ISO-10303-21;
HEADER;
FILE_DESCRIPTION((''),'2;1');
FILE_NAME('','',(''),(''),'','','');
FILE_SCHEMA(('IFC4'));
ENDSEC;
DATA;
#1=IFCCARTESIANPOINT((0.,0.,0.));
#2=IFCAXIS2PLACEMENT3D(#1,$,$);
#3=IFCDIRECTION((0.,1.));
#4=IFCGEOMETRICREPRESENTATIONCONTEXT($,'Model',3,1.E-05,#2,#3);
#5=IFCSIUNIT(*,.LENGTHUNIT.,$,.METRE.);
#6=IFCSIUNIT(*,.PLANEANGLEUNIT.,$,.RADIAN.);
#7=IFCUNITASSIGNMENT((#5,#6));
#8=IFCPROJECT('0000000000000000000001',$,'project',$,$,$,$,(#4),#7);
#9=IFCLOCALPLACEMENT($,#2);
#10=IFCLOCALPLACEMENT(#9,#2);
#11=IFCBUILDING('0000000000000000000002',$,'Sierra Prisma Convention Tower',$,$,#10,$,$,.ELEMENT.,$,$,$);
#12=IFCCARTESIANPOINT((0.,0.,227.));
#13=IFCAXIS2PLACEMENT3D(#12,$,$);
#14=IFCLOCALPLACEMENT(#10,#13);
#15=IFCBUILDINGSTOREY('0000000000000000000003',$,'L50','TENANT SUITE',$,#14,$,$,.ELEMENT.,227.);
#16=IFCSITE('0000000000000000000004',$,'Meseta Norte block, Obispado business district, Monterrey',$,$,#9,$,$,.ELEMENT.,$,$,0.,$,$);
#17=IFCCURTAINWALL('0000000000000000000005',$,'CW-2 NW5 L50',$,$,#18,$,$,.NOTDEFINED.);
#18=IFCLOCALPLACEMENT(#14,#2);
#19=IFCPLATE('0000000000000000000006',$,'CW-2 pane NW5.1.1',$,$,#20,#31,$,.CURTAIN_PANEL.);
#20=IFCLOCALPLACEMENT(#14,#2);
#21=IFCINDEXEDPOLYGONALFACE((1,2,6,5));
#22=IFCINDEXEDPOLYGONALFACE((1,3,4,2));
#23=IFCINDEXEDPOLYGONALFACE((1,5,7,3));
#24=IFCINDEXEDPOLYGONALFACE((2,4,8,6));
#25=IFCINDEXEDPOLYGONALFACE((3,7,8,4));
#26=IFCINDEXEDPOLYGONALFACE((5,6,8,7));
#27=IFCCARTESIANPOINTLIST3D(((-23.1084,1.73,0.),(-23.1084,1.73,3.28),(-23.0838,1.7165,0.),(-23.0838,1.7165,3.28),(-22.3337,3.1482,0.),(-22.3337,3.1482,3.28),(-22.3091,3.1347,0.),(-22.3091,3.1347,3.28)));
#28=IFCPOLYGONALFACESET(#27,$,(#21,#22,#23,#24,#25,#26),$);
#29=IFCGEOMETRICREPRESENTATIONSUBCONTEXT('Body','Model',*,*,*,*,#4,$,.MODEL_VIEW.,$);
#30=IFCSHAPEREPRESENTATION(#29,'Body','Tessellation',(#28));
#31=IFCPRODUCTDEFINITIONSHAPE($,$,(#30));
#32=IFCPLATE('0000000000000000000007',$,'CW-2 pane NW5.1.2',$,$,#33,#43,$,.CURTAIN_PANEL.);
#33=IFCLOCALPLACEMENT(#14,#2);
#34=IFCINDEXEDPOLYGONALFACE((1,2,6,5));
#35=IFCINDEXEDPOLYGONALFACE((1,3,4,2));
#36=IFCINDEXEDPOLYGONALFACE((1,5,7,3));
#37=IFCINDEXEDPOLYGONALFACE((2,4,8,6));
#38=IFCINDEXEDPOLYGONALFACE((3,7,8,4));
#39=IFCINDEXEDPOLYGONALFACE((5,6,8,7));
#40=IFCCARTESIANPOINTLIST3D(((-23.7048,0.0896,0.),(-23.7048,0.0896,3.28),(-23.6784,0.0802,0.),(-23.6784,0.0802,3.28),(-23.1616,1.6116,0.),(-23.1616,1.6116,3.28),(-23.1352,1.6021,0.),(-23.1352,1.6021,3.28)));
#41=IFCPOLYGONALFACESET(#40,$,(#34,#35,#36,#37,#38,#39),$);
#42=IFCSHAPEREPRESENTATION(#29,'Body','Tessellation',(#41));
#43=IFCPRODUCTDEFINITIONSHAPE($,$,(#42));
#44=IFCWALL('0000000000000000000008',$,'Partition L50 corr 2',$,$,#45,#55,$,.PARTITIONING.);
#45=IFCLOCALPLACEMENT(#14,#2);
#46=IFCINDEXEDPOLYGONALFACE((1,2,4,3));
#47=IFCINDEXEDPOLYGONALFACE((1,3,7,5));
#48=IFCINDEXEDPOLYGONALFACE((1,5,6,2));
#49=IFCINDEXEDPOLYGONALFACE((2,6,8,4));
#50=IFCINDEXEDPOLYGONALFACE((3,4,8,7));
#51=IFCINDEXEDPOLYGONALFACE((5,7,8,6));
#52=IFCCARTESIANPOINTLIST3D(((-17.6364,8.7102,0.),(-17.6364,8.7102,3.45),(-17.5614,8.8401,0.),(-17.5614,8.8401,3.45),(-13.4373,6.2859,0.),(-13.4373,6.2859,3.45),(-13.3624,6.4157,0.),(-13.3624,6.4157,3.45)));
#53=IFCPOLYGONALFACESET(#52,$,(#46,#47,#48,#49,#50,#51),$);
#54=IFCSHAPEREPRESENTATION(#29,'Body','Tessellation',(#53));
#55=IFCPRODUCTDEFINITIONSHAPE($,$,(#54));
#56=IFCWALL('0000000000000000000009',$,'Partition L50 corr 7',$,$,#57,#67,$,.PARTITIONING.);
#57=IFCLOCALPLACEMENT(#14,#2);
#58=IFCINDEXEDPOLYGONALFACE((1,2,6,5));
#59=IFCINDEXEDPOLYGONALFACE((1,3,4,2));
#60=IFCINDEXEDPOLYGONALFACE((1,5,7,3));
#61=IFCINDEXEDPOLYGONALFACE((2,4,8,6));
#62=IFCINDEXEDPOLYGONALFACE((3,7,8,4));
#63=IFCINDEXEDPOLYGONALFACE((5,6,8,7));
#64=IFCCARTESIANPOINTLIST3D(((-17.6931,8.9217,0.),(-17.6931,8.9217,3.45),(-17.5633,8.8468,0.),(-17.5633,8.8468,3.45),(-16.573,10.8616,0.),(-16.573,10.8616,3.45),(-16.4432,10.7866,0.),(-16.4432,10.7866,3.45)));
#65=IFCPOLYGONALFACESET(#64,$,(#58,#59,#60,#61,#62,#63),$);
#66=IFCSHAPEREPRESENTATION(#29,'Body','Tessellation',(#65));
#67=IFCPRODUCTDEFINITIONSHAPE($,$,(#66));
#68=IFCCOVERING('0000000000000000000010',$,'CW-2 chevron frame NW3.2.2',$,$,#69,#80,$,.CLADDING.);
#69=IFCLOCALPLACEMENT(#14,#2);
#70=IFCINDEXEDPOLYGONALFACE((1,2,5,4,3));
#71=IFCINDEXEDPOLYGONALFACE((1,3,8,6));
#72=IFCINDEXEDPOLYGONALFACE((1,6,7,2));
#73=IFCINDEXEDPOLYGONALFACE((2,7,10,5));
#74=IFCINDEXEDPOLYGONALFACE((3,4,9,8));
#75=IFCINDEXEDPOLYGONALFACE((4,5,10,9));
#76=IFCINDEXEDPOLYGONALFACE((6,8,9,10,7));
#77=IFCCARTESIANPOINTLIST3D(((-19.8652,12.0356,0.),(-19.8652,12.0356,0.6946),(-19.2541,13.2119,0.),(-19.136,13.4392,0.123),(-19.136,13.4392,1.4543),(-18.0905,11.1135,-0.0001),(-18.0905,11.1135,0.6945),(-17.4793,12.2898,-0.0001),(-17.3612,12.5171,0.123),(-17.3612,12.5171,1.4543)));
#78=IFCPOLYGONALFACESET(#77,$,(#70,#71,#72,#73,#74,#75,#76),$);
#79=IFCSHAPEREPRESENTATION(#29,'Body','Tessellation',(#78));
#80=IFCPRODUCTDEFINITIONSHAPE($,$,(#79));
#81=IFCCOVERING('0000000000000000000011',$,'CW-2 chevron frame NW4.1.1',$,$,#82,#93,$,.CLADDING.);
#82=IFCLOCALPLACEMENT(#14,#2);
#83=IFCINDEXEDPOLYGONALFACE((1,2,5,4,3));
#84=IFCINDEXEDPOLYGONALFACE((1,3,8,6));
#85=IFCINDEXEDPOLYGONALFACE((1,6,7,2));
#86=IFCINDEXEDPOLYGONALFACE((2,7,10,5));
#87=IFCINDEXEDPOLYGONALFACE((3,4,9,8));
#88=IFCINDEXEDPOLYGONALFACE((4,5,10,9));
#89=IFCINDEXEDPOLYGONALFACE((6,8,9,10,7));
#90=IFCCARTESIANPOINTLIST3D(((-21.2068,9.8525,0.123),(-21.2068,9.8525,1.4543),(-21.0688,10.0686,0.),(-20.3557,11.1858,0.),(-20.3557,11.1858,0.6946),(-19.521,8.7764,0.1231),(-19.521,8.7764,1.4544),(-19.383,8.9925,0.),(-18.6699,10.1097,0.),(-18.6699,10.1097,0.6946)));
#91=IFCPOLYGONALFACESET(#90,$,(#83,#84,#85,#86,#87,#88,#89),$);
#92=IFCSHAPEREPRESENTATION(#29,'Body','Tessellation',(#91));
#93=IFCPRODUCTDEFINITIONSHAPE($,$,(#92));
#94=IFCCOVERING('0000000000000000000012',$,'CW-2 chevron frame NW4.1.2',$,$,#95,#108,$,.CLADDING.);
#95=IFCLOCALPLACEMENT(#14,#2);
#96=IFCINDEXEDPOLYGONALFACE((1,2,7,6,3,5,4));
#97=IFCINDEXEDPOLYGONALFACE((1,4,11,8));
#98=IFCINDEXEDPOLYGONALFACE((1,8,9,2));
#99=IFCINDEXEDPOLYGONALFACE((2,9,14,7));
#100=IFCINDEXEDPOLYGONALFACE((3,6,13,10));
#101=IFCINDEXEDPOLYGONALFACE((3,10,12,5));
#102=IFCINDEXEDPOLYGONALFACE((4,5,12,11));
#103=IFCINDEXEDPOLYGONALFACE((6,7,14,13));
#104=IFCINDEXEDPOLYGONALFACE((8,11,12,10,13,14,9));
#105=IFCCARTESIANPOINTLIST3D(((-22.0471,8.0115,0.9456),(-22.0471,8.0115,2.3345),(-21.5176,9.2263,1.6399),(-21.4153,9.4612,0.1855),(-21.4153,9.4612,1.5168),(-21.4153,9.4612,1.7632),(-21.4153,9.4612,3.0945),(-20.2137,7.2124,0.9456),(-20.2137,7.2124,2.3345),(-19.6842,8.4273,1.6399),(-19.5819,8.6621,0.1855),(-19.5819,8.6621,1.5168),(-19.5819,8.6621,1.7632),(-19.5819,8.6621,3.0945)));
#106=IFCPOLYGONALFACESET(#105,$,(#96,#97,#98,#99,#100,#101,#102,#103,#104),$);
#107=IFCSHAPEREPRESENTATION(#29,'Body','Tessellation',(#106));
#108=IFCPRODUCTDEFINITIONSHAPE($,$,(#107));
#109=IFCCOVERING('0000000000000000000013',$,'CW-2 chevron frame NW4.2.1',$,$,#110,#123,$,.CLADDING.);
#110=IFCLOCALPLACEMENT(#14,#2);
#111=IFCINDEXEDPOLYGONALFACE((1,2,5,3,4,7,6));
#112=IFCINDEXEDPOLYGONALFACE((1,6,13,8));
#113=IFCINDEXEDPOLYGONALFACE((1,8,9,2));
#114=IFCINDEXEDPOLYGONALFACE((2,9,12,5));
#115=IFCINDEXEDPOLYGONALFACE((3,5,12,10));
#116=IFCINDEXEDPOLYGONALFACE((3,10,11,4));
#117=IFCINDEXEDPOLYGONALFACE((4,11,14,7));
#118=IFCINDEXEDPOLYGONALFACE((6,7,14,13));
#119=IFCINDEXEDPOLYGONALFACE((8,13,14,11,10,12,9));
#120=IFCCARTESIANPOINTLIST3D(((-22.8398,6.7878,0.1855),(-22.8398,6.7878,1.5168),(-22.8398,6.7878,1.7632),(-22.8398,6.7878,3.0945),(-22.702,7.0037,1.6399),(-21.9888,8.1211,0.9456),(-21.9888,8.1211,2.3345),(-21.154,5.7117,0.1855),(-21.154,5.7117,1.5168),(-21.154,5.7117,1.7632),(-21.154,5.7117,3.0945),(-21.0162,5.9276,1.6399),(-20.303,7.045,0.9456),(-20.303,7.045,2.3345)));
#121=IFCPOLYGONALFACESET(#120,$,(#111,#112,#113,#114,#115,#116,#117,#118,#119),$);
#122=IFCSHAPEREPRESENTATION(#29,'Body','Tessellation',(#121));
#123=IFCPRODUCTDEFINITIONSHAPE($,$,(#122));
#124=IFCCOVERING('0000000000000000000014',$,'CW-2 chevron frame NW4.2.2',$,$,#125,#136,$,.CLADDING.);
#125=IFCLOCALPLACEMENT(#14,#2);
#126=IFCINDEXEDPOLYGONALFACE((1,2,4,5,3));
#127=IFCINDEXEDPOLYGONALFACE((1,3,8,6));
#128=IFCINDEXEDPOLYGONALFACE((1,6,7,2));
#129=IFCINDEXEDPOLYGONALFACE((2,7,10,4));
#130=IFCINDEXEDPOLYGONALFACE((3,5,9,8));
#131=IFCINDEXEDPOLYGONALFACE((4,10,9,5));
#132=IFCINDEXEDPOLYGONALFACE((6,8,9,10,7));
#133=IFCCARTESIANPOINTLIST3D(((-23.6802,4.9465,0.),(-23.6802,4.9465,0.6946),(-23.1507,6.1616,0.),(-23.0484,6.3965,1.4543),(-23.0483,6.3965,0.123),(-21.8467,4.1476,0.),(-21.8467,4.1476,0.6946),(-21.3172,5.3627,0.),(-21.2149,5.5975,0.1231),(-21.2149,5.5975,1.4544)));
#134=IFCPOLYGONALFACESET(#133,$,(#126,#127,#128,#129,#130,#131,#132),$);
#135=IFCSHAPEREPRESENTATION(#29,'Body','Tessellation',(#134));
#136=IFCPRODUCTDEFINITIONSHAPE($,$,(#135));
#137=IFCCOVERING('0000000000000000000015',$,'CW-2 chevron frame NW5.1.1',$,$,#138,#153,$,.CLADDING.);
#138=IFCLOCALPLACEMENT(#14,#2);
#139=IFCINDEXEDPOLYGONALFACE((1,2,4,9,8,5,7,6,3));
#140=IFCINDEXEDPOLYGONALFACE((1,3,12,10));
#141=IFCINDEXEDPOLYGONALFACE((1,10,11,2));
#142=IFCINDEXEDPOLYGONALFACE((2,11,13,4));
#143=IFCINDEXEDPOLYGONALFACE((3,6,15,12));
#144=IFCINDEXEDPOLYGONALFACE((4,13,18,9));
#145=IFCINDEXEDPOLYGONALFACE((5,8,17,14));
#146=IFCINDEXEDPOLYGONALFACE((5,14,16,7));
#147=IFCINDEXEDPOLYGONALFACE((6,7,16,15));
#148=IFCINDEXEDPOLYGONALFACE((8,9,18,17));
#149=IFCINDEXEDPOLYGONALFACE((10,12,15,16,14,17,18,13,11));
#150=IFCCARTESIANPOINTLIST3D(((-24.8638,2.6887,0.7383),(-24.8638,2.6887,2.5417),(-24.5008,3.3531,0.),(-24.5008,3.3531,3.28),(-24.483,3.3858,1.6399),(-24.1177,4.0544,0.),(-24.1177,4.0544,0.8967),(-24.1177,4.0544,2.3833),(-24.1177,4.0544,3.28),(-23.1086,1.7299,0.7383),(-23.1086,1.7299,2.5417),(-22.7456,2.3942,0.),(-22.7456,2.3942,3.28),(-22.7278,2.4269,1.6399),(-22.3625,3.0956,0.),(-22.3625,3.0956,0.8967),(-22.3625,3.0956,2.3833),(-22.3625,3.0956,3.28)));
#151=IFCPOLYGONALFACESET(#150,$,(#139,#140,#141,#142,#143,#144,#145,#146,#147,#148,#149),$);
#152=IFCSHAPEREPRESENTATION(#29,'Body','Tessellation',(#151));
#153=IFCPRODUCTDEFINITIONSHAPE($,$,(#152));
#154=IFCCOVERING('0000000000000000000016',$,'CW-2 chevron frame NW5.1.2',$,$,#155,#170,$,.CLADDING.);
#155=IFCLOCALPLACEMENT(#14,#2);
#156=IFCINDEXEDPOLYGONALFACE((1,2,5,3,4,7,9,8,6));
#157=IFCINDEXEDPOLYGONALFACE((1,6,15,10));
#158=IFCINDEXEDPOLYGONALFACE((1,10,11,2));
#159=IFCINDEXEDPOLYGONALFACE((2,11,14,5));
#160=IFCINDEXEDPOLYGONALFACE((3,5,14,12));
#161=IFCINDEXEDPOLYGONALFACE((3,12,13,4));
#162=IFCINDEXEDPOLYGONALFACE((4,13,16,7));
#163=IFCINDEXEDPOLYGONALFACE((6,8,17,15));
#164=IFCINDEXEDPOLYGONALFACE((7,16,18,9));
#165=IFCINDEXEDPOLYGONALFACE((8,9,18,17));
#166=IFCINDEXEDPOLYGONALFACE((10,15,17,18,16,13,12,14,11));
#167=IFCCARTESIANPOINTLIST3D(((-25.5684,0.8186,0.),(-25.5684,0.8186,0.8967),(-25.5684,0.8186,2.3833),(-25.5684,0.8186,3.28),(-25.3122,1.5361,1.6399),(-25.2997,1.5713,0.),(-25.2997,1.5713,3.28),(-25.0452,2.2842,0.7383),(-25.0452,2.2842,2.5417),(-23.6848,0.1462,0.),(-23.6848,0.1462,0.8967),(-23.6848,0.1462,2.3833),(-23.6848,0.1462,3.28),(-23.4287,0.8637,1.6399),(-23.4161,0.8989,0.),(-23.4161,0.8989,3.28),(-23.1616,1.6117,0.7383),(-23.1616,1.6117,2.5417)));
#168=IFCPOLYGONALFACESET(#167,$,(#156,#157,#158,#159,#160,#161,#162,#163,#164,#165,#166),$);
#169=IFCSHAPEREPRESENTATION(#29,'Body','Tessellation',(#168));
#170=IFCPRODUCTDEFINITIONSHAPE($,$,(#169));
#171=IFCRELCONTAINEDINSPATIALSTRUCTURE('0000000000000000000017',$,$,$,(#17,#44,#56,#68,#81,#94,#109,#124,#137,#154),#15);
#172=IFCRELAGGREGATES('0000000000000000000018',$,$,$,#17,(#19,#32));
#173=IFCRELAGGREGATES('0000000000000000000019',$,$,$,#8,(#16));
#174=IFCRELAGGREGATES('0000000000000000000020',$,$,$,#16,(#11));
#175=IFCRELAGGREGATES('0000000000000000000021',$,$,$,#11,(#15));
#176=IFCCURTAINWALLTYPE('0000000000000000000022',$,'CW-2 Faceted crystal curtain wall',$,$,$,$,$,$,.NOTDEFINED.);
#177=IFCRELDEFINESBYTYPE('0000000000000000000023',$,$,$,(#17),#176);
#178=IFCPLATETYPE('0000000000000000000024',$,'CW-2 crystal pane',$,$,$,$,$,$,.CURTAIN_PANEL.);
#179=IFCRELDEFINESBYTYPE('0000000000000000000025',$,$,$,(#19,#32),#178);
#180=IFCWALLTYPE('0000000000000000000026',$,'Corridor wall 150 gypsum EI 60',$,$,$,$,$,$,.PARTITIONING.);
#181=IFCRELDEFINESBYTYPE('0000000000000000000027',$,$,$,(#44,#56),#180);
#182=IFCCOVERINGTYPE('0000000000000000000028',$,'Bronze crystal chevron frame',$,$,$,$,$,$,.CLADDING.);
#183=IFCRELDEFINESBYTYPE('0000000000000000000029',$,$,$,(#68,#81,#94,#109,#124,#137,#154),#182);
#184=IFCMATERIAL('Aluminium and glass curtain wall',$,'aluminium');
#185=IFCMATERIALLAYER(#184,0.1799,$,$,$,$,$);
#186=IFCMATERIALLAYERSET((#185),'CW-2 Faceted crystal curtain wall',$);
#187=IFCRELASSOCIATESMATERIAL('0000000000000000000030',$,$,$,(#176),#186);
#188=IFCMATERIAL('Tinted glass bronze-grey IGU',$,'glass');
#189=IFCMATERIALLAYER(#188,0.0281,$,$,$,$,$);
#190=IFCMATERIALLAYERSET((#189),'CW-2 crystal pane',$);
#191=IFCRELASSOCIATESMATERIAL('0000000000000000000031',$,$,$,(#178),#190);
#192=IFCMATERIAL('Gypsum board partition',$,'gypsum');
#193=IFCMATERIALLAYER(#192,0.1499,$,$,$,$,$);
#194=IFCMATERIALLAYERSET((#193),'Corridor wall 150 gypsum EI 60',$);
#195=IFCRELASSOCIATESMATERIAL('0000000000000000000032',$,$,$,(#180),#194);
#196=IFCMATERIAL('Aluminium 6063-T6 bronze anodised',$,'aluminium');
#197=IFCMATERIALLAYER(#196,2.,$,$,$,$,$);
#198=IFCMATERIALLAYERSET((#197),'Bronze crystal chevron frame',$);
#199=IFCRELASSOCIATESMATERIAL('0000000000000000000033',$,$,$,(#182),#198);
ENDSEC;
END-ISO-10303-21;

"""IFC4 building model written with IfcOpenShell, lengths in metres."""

from ifc_helpers import new_model, si_unit, direction, frame, frame_2d, origin, place, context, subcontext, project, spatial, polyline, rectangle, outline, extrude, material, layer, layer_set, type_object, element, aggregate, save


model = new_model("IFC4")

# Units and contexts
model_context = context("Model", 3, precision=1e-05, world=origin(), true_north=direction((0.0, 1.0)))
body_context = subcontext(model_context, "Body", "Model", "MODEL_VIEW")
ifc_project = project(units=[si_unit("LENGTHUNIT", "METRE"), si_unit("PLANEANGLEUNIT", "RADIAN")], contexts=[model_context])

# Site, building, storey
site_placement = place(None, origin())
site = spatial("IfcSite", under=ifc_project, at=site_placement, Name="Meseta Norte block, Obispado business district, Monterrey", CompositionType="ELEMENT", RefElevation=0.0)
building_placement = place(site_placement, origin())
building = spatial("IfcBuilding", under=site, at=building_placement, Name="Sierra Prisma Convention Tower", CompositionType="ELEMENT")
storey_placement = place(building_placement, frame((0.0, 0.0, 227.0)))
storey = spatial("IfcBuildingStorey", under=building, at=storey_placement, Name="L50", Description="TENANT SUITE", CompositionType="ELEMENT", Elevation=227.0)

# Shared definitions
ifc_material_1 = material(Name="Aluminium and glass curtain wall", Category="aluminium")
ifc_layer_1 = layer(ifc_material_1, 0.1799)
ifc_layer_set_1 = layer_set([ifc_layer_1], Name="CW-2 Faceted crystal curtain wall")
curtain_wall_type = type_object("IfcCurtainWallType", Name="CW-2 Faceted crystal curtain wall", PredefinedType="NOTDEFINED", material=ifc_layer_set_1)

# Curtain wall
curtain_wall_1_placement = place(storey_placement, origin())
curtain_wall_1 = element("IfcCurtainWall", 1, at=curtain_wall_1_placement, inside=storey, type_object=curtain_wall_type, Name="CW-2 NW5 L50", PredefinedType="NOTDEFINED")

# Plates
ifc_material_2 = material(Name="Tinted glass bronze-grey IGU", Category="glass")
ifc_layer_2 = layer(ifc_material_2, 0.0281)
ifc_layer_set_2 = layer_set([ifc_layer_2], Name="CW-2 crystal pane")
plate_type = type_object("IfcPlateType", Name="CW-2 crystal pane", PredefinedType="CURTAIN_PANEL", material=ifc_layer_set_2)
plate_1_placement = place(storey_placement, frame((-22.3337, 3.1482, 0.0), z_axis=(-0.877613, 0.479371, 0.0), x_axis=(-0.479371, -0.877613, 0.0)))
plate_1 = element("IfcPlate", 2, at=plate_1_placement, type_object=plate_type, Name="CW-2 pane NW5.1.1", PredefinedType="CURTAIN_PANEL", context=body_context, shape_type="SweptSolid", body=[
    extrude(outline(polyline([(0.0, 0.0), (1.616, 0.0), (1.616, 3.28), (0.0, 3.28), (0.0, 0.0)])), origin(), (0.0, 0.0, -1.0), 0.0281),
])
plate_2_placement = place(storey_placement, frame((-23.7048, 0.0896, 0.0), z_axis=(-0.94181, 0.336145, 0.0), x_axis=(0.336145, 0.94181, 0.0)))
plate_2 = element("IfcPlate", 3, at=plate_2_placement, type_object=plate_type, Name="CW-2 pane NW5.1.2", PredefinedType="CURTAIN_PANEL", context=body_context, shape_type="SweptSolid", body=[
    extrude(outline(polyline([(0.0, 0.0), (1.616, 0.0), (1.616, -3.28), (0.0, -3.28), (0.0, 0.0)])), origin(), (0.0, 0.0, -1.0), 0.0281),
])
aggregate(curtain_wall_1, [plate_1, plate_2])

# Walls
ifc_material_3 = material(Name="Gypsum board partition", Category="gypsum")
ifc_layer_3 = layer(ifc_material_3, 0.1499)
ifc_layer_set_3 = layer_set([ifc_layer_3], Name="Corridor wall 150 gypsum EI 60")
wall_type = type_object("IfcWallType", Name="Corridor wall 150 gypsum EI 60", PredefinedType="PARTITIONING", material=ifc_layer_set_3)
wall_1_placement = place(storey_placement, frame((-17.5989, 8.7751, 0.0), z_axis=(0.0, 0.0, 1.0), x_axis=(0.866022, -0.500006, 0.0)))
element("IfcWall", 4, at=wall_1_placement, inside=storey, type_object=wall_type, Name="Partition L50 corr 2", PredefinedType="PARTITIONING", context=body_context, shape_type="SweptSolid", body=[
    extrude(rectangle(XDim=4.8486, YDim=0.1499, at=frame_2d((2.4243, 0.0))), origin(), (0.0, 0.0, 1.0), 3.45),
])
wall_2_placement = place(storey_placement, frame((-16.5081, 10.8242, 0.0), z_axis=(0.0, 0.0, 1.0), x_axis=(-0.500031, -0.866008, 0.0)))
element("IfcWall", 5, at=wall_2_placement, inside=storey, type_object=wall_type, Name="Partition L50 corr 7", PredefinedType="PARTITIONING", context=body_context, shape_type="SweptSolid", body=[
    extrude(rectangle(XDim=2.24, YDim=0.1499, at=frame_2d((1.1201, 0.0))), origin(), (0.0, 0.0, 1.0), 3.45),
])

# Coverings
ifc_material_4 = material(Name="Aluminium 6063-T6 bronze anodised", Category="aluminium")
ifc_layer_4 = layer(ifc_material_4, 2.0)
ifc_layer_set_4 = layer_set([ifc_layer_4], Name="Bronze crystal chevron frame")
covering_type = type_object("IfcCoveringType", Name="Bronze crystal chevron frame", PredefinedType="CLADDING", material=ifc_layer_set_4)
covering_1_placement = place(storey_placement, frame((-19.136, 13.4392, 0.123), z_axis=(-0.887374, 0.461049, 0.000029), x_axis=(-0.415605, -0.799882, -0.432968)))
element("IfcCovering", 6, at=covering_1_placement, inside=storey, type_object=covering_type, Name="CW-2 chevron frame NW3.2.2", PredefinedType="CLADDING", context=body_context, shape_type="SweptSolid", body=[
    extrude(outline(polyline([(0.0, 0.0), (0.2842, 0.0), (1.479, 0.5739), (1.1783, 1.2), (-0.5764, 1.2), (0.0, 0.0)])), origin(), (0.0, 0.0, -1.0), 2.0),
])
covering_2_placement = place(storey_placement, frame((-21.0688, 10.0686, 0.0), z_axis=(-0.842905, 0.538063, -0.000006), x_axis=(-0.485076, -0.759893, 0.432739)))
element("IfcCovering", 7, at=covering_2_placement, inside=storey, type_object=covering_type, Name="CW-2 chevron frame NW4.1.1", PredefinedType="CLADDING", context=body_context, shape_type="SweptSolid", body=[
    extrude(outline(polyline([(0.0, 0.0), (0.2843, 0.0), (0.8604, 1.2002), (-0.8943, 1.1997), (-1.1949, 0.5735), (0.0, 0.0)])), origin(), (0.0, 0.0, -1.0), 2.0),
])
covering_3_placement = place(storey_placement, frame((-21.4153, 9.4612, 1.5168), z_axis=(-0.916715, 0.399541, 0.0), x_axis=(0.0, 0.0, -1.0)))
element("IfcCovering", 8, at=covering_3_placement, inside=storey, type_object=covering_type, Name="CW-2 chevron frame NW4.1.2", PredefinedType="CLADDING", context=body_context, shape_type="SweptSolid", body=[
    extrude(outline(polyline([(0.0, 0.0), (1.3313, 0.0), (0.5713, 1.5814), (-0.8176, 1.5814), (-1.5776, 0.0), (-0.2463, 0.0), (-0.123, 0.2562), (0.0, 0.0)])), origin(), (0.0, 0.0, -1.0), 2.0),
])
covering_4_placement = place(storey_placement, frame((-21.9888, 8.1211, 0.9456), z_axis=(-0.842907, 0.538059, 0.0), x_axis=(-0.48498, -0.759755, -0.433091)))
element("IfcCovering", 9, at=covering_4_placement, inside=storey, type_object=covering_type, Name="CW-2 chevron frame NW4.2.1", PredefinedType="CLADDING", context=body_context, shape_type="SweptSolid", body=[
    extrude(outline(polyline([(0.0, 0.0), (1.7549, 0.0), (1.1783, 1.2), (0.8941, 1.1999), (1.0716, 1.422), (0.495, 2.622), (-0.6015, 1.2519), (0.0, 0.0)])), origin(), (0.0, 0.0, -1.0), 2.0),
])
covering_5_placement = place(storey_placement, frame((-23.0483, 6.3965, 0.123), z_axis=(-0.91674, 0.399484, -0.000022), x_axis=(-0.36009, -0.826361, -0.43297)))
element("IfcCovering", 10, at=covering_5_placement, inside=storey, type_object=covering_type, Name="CW-2 chevron frame NW4.2.2", PredefinedType="CLADDING", context=body_context, shape_type="SweptSolid", body=[
    extrude(outline(polyline([(0.0, 0.0), (0.2842, 0.0), (1.479, 0.5739), (1.1782, 1.2), (-0.5764, 1.2), (0.0, 0.0)])), origin(), (0.0, 0.0, -1.0), 2.0),
])
covering_6_placement = place(storey_placement, frame((-24.1177, 4.0544, 0.0), z_axis=(-0.877587, 0.479417, 0.0), x_axis=(-0.479417, -0.877587, 0.0)))
element("IfcCovering", 11, at=covering_6_placement, inside=storey, type_object=covering_type, Name="CW-2 chevron frame NW5.1.1", PredefinedType="CLADDING", context=body_context, shape_type="SweptSolid", body=[
    extrude(outline(polyline([(0.0, 0.0), (0.7992, 0.0), (1.5562, 0.7383), (1.5562, 2.5417), (0.7992, 3.28), (0.0, 3.28), (0.0, 2.3833), (0.7619, 1.6399), (0.0, 0.8967), (0.0, 0.0)])), origin(), (0.0, 0.0, -1.0), 2.0),
])
covering_7_placement = place(storey_placement, frame((-25.0452, 2.2842, 0.7383), z_axis=(-0.94178, 0.336231, 0.0), x_axis=(-0.240697, -0.674188, -0.698237)))
element("IfcCovering", 12, at=covering_7_placement, inside=storey, type_object=covering_type, Name="CW-2 chevron frame NW5.1.2", PredefinedType="CLADDING", context=body_context, shape_type="SweptSolid", body=[
    extrude(outline(polyline([(0.0, 0.0), (1.0573, 0.0), (1.6295, 0.5581), (1.0034, 1.2), (-0.0609, 1.2), (-0.0346, 2.2642), (-0.6607, 2.9061), (-1.2329, 2.3481), (-1.2592, 1.291), (0.0, 0.0)])), origin(), (0.0, 0.0, -1.0), 2.0),
])

save(model, "model.ifc")
